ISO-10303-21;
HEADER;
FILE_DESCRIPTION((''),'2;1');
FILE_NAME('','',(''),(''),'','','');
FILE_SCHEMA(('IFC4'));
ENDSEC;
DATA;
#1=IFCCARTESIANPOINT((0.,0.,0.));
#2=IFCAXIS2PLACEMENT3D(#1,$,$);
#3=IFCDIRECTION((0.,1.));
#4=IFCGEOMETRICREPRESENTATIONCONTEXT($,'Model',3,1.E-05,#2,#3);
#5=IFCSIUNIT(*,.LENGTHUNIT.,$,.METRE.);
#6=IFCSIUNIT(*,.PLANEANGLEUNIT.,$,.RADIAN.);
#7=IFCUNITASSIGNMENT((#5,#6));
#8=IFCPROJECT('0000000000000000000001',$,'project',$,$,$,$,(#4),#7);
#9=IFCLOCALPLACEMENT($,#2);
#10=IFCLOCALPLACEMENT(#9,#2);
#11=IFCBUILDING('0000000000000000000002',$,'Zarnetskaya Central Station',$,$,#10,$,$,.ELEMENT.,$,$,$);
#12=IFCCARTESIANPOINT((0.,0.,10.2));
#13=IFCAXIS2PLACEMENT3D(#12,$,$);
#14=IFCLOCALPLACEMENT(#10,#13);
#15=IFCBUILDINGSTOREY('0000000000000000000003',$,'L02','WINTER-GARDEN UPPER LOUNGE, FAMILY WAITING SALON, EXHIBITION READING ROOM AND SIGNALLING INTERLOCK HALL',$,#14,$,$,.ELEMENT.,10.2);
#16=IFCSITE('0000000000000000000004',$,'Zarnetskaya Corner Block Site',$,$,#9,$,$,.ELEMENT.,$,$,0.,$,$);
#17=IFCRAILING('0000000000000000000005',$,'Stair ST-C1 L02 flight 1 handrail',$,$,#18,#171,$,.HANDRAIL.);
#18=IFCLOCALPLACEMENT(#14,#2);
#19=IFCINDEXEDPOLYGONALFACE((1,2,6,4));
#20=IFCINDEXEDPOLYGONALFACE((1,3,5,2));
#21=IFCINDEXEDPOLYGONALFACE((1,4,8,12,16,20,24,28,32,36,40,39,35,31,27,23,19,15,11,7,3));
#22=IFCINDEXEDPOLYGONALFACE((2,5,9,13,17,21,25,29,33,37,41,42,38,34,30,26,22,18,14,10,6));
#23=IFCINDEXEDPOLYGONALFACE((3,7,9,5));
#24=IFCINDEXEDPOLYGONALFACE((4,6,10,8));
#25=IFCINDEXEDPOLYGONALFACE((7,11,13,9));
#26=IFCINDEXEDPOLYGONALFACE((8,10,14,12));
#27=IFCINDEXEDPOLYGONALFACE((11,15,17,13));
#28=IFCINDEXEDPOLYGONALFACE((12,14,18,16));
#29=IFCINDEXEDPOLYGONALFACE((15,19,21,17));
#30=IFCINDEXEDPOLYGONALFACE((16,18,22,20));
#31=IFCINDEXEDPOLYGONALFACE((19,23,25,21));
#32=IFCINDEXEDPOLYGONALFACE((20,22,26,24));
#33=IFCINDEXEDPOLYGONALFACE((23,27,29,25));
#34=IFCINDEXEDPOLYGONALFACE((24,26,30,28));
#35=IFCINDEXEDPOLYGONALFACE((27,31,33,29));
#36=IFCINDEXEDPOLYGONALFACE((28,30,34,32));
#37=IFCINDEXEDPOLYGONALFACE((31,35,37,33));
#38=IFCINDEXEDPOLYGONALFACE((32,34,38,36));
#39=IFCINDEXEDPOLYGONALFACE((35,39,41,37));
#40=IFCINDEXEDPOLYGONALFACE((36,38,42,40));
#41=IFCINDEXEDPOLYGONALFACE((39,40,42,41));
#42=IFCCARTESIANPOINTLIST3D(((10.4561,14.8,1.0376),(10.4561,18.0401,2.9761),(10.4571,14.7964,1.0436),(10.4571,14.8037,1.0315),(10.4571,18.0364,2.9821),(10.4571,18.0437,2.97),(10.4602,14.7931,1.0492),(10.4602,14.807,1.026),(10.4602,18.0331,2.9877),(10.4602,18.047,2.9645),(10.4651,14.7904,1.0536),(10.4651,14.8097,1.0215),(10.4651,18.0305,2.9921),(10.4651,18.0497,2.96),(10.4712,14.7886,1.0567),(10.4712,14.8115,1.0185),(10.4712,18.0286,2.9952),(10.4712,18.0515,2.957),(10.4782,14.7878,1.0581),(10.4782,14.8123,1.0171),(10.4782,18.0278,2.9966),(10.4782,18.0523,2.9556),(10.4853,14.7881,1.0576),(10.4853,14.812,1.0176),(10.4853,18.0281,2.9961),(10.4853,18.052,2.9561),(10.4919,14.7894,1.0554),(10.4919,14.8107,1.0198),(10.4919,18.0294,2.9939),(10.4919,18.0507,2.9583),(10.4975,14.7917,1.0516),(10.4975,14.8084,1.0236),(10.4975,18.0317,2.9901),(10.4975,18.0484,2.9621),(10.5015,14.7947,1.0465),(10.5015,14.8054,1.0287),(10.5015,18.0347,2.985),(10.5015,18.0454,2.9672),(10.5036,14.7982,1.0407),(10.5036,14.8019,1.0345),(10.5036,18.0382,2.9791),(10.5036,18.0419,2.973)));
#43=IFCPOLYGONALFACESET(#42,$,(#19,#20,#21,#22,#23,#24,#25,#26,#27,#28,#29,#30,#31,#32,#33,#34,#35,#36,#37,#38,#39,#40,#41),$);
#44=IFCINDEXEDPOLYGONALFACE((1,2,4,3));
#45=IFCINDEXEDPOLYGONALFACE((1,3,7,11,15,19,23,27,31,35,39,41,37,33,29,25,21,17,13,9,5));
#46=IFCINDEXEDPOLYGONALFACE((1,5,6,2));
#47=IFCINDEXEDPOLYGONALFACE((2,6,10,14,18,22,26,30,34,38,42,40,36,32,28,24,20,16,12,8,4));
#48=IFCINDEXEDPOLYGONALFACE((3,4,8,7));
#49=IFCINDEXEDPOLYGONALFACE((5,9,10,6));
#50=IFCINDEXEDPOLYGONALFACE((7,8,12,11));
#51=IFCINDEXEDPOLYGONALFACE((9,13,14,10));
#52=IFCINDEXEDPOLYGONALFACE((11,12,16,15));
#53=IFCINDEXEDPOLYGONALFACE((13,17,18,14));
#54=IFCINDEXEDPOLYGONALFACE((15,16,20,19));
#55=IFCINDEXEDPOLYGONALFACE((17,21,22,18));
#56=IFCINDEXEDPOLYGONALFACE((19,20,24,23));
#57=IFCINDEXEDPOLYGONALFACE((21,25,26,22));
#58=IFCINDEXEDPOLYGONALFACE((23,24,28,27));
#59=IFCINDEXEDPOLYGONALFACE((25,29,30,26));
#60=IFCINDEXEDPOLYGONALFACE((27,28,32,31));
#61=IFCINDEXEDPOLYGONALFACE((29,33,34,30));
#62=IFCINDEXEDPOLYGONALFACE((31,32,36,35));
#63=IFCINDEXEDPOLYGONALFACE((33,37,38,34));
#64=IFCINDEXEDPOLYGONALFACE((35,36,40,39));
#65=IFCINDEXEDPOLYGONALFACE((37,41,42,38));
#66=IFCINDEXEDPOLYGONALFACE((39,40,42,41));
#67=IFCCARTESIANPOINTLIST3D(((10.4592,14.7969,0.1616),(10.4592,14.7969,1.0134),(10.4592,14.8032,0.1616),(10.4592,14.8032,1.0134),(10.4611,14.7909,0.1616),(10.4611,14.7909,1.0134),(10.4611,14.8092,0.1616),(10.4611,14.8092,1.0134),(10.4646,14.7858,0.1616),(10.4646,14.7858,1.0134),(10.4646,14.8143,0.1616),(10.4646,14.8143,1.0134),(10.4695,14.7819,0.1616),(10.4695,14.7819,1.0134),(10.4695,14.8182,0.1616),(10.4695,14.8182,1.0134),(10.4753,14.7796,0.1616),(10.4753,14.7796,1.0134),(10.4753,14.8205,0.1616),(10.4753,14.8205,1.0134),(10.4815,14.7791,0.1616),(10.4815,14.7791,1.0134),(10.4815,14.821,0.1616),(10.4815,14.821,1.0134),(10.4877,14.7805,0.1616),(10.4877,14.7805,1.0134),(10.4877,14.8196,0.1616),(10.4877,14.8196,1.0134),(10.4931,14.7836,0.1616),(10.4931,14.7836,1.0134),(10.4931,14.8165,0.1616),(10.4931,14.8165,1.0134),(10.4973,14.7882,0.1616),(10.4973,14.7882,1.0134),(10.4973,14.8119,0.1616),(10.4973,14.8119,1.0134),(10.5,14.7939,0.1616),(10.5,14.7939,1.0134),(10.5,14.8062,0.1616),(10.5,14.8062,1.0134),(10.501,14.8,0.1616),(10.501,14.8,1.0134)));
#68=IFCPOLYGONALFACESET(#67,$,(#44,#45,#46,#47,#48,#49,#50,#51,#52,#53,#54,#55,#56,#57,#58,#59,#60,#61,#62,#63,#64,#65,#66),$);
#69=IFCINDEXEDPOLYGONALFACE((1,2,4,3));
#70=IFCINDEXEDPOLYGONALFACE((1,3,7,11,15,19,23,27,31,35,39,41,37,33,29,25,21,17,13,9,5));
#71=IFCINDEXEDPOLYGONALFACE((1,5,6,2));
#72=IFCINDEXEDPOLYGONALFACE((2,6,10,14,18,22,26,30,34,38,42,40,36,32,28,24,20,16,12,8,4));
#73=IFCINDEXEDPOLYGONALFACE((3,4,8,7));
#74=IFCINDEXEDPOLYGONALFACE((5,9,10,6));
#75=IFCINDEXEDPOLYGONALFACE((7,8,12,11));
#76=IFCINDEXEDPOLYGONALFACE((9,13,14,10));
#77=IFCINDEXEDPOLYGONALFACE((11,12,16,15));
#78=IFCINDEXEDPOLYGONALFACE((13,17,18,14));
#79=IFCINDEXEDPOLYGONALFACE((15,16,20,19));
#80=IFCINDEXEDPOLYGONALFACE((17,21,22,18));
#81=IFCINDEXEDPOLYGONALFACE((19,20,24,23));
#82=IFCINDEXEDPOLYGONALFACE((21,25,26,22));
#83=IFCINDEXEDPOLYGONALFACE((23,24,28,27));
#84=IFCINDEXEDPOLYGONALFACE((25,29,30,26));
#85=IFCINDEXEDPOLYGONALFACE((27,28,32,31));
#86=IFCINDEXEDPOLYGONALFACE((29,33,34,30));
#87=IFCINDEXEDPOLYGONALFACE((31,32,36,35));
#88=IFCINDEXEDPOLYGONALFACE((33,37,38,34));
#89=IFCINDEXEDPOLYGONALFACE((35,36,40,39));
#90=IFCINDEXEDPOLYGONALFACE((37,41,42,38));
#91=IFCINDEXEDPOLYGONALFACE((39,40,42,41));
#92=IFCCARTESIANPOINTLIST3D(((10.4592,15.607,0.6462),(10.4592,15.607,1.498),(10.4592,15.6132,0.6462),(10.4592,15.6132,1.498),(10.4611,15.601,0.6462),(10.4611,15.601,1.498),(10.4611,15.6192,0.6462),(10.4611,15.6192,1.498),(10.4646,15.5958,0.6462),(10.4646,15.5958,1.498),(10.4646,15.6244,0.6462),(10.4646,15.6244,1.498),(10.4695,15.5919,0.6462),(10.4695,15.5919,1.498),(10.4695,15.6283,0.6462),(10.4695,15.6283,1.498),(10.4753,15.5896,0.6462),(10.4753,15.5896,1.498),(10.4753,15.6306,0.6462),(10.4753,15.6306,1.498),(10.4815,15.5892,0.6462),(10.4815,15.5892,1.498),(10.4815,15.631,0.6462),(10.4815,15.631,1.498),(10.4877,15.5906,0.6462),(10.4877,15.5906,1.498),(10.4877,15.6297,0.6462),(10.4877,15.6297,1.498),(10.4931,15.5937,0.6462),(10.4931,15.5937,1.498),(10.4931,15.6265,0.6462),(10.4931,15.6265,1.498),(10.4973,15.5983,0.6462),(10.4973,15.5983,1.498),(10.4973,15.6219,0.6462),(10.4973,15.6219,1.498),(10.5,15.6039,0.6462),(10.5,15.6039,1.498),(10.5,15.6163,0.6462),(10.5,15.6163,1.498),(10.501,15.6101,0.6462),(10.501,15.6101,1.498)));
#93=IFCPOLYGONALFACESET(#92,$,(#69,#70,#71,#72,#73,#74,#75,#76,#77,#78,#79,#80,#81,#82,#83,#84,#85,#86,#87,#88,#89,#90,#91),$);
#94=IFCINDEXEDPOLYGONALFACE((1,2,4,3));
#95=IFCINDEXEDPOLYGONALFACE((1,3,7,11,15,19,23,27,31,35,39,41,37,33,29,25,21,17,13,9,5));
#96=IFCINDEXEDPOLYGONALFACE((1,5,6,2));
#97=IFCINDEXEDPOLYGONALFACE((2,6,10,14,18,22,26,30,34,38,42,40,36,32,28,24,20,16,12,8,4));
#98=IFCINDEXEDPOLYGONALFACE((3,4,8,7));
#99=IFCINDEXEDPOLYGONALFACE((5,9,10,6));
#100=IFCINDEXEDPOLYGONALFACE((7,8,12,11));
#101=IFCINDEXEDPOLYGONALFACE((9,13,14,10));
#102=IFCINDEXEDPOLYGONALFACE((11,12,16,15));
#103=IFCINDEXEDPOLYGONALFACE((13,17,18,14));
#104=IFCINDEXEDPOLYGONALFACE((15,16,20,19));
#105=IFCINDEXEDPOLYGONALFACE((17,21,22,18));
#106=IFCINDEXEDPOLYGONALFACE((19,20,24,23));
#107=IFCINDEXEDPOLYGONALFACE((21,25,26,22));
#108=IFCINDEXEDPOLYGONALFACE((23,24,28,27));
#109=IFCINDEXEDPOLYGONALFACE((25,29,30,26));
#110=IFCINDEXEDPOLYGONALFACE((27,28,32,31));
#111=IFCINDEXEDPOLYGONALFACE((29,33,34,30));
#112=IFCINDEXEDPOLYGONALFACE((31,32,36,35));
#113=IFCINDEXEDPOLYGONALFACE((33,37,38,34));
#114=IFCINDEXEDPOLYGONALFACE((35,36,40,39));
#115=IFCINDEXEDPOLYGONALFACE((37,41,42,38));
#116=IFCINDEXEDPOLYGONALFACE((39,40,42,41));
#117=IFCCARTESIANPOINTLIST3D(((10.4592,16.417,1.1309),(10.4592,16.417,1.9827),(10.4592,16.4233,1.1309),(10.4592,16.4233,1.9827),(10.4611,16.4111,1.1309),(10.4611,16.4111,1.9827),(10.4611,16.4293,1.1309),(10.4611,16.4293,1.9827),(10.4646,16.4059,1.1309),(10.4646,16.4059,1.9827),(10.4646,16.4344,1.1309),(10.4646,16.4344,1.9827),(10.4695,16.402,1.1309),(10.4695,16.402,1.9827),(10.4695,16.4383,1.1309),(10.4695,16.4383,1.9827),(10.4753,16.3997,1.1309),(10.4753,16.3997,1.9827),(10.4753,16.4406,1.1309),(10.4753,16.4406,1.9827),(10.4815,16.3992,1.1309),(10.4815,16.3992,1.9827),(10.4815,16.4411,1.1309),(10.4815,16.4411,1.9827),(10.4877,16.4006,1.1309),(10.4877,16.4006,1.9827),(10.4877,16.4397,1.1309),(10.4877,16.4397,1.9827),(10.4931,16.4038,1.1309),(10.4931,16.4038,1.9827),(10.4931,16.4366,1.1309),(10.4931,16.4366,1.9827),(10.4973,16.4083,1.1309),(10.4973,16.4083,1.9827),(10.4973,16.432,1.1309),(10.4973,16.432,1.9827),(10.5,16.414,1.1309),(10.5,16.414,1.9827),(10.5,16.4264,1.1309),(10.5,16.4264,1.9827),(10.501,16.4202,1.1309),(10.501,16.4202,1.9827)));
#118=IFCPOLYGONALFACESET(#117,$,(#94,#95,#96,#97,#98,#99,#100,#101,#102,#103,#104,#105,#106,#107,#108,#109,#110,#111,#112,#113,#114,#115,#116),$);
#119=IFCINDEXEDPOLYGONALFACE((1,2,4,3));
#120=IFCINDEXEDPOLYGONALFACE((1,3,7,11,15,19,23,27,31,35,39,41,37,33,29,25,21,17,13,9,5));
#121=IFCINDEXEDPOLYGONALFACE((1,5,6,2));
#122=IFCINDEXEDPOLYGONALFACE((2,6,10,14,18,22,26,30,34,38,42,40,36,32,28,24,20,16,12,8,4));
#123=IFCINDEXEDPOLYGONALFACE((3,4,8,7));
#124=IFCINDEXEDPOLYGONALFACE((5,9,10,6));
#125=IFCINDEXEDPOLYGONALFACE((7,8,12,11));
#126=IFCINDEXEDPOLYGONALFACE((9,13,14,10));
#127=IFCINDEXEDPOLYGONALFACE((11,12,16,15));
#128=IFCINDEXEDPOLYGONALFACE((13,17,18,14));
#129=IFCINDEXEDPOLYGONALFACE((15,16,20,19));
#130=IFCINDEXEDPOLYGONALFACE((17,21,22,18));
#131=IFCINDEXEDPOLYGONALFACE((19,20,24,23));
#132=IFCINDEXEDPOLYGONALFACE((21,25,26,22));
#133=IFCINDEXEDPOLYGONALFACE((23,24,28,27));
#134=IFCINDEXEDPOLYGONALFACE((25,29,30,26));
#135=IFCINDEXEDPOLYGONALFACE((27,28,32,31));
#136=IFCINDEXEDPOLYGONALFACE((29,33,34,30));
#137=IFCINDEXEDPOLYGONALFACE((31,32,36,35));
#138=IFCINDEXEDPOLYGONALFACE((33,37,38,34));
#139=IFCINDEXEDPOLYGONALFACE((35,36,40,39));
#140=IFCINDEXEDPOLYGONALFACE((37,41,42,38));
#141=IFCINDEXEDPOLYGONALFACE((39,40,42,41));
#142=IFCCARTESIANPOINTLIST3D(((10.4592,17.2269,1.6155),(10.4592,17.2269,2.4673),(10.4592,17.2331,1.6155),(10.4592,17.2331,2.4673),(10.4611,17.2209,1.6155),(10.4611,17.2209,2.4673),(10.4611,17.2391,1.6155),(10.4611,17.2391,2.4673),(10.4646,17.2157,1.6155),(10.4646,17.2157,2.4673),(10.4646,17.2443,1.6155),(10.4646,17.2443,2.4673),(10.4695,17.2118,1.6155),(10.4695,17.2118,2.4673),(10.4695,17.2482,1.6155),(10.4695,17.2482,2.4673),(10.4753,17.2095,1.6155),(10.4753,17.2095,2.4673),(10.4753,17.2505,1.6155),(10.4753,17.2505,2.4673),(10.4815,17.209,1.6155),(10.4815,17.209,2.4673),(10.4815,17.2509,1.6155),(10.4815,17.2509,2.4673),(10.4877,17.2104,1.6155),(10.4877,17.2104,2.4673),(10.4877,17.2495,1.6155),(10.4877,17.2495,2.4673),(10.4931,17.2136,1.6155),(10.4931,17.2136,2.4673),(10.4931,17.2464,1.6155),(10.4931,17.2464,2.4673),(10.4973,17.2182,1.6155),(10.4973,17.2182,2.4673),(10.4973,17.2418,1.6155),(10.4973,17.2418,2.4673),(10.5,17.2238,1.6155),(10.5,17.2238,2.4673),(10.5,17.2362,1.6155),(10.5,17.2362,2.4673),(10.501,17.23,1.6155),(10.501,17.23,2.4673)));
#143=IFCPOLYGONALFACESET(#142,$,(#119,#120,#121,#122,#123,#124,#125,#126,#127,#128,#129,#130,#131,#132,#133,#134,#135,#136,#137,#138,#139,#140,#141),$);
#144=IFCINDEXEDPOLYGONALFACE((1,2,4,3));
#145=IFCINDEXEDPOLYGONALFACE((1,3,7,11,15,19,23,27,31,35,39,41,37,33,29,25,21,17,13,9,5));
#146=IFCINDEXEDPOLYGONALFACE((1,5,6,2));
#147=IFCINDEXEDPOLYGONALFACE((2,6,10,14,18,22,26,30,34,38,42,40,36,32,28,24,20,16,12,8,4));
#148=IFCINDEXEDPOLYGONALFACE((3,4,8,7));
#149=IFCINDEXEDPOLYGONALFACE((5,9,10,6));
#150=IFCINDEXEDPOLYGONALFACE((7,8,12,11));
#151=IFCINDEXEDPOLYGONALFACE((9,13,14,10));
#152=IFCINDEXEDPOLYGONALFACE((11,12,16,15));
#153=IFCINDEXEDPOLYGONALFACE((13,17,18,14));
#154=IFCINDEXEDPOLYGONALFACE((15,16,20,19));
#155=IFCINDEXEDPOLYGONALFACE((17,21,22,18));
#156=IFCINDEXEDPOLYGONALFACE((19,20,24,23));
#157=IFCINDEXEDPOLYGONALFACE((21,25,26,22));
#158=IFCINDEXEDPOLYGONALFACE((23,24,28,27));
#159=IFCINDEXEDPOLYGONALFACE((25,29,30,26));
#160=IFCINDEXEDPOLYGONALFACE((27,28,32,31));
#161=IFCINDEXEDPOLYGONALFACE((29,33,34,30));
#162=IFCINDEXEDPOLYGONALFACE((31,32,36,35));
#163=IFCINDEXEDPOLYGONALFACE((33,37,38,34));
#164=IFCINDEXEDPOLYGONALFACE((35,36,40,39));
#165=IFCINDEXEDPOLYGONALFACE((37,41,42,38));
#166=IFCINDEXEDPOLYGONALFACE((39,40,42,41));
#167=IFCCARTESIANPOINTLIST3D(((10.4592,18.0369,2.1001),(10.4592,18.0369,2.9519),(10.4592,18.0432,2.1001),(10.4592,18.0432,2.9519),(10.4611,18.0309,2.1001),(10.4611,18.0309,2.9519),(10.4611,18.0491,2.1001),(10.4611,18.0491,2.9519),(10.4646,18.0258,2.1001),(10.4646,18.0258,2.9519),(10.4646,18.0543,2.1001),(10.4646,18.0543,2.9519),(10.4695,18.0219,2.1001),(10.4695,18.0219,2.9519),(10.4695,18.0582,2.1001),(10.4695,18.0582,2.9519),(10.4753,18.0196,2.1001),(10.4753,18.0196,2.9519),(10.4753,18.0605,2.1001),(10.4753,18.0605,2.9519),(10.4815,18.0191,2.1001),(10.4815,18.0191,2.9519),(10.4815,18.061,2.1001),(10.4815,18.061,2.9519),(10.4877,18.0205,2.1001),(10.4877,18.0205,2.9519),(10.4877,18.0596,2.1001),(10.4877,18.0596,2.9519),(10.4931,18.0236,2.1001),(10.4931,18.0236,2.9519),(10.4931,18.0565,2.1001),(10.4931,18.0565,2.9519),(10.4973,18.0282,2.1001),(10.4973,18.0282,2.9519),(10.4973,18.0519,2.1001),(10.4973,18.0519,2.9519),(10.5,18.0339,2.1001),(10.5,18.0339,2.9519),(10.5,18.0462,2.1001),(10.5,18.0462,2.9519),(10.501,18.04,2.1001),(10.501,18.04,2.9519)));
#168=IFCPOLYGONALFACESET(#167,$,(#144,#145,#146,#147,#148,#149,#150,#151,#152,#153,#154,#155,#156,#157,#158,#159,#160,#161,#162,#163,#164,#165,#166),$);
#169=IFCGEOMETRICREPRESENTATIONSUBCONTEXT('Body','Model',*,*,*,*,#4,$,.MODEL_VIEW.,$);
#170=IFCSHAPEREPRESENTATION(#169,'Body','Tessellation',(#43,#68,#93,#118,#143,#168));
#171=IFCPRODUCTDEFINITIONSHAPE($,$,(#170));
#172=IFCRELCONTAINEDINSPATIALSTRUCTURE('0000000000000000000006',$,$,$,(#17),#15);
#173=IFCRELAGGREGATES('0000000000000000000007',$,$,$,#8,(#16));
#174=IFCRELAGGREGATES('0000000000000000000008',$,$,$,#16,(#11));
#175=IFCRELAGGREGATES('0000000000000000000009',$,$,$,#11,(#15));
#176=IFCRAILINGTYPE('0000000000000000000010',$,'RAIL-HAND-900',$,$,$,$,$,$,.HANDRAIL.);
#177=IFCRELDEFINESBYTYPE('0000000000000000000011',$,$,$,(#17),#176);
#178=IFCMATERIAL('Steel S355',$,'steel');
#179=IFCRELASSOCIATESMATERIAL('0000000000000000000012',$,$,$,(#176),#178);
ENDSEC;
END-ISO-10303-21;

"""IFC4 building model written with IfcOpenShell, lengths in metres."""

from ifc_helpers import new_model, si_unit, direction, frame, origin, origin_2d, place, context, subcontext, project, spatial, circle, extrude, material, type_object, element, save


model = new_model("IFC4")

# Units and contexts
model_context = context("Model", 3, precision=1e-05, world=origin(), true_north=direction((0.0, 1.0)))
body_context = subcontext(model_context, "Body", "Model", "MODEL_VIEW")
ifc_project = project(units=[si_unit("LENGTHUNIT", "METRE"), si_unit("PLANEANGLEUNIT", "RADIAN")], contexts=[model_context])

# Site, building, storey
site_placement = place(None, origin())
site = spatial("IfcSite", under=ifc_project, at=site_placement, Name="Zarnetskaya Corner Block Site", CompositionType="ELEMENT", RefElevation=0.0)
building_placement = place(site_placement, origin())
building = spatial("IfcBuilding", under=site, at=building_placement, Name="Zarnetskaya Central Station", CompositionType="ELEMENT")
storey_placement = place(building_placement, frame((0.0, 0.0, 10.2)))
storey = spatial("IfcBuildingStorey", under=building, at=storey_placement, Name="L02", Description="WINTER-GARDEN UPPER LOUNGE, FAMILY WAITING SALON, EXHIBITION READING ROOM AND SIGNALLING INTERLOCK HALL", CompositionType="ELEMENT", Elevation=10.2)

# Shared definitions
ifc_material_1 = material(Name="Steel S355", Category="steel")

# Railing
railing_type = type_object("IfcRailingType", Name="RAIL-HAND-900", PredefinedType="HANDRAIL", material=ifc_material_1)
railing_placement = place(storey_placement, frame((10.48, 14.8, 0.1616)))
element("IfcRailing", 1, at=railing_placement, inside=storey, type_object=railing_type, Name="Stair ST-C1 L02 flight 1 handrail", PredefinedType="HANDRAIL", context=body_context, shape_type="SweptSolid", body=[
    extrude(circle(Radius=0.0239, at=origin_2d()), frame((0.0, 0.0, 0.876), z_axis=(0.0, 0.858137, 0.513421), x_axis=(-1.0, 0.0, 0.0)), (0.0, 0.0, 1.0), 3.7756),
    extrude(circle(Radius=0.021, at=origin_2d()), origin(), (0.0, 0.0, 1.0), 0.8518),
    extrude(circle(Radius=0.021, at=origin_2d()), frame((0.0, 0.8101, 0.4846)), (0.0, 0.0, 1.0), 0.8518),
    extrude(circle(Radius=0.021, at=origin_2d()), frame((0.0, 1.6201, 0.9692)), (0.0, 0.0, 1.0), 0.8518),
    extrude(circle(Radius=0.021, at=origin_2d()), frame((0.0, 2.4299, 1.4539)), (0.0, 0.0, 1.0), 0.8518),
    extrude(circle(Radius=0.021, at=origin_2d()), frame((0.0, 3.24, 1.9385)), (0.0, 0.0, 1.0), 0.8518),
])

save(model, "model.ifc")
